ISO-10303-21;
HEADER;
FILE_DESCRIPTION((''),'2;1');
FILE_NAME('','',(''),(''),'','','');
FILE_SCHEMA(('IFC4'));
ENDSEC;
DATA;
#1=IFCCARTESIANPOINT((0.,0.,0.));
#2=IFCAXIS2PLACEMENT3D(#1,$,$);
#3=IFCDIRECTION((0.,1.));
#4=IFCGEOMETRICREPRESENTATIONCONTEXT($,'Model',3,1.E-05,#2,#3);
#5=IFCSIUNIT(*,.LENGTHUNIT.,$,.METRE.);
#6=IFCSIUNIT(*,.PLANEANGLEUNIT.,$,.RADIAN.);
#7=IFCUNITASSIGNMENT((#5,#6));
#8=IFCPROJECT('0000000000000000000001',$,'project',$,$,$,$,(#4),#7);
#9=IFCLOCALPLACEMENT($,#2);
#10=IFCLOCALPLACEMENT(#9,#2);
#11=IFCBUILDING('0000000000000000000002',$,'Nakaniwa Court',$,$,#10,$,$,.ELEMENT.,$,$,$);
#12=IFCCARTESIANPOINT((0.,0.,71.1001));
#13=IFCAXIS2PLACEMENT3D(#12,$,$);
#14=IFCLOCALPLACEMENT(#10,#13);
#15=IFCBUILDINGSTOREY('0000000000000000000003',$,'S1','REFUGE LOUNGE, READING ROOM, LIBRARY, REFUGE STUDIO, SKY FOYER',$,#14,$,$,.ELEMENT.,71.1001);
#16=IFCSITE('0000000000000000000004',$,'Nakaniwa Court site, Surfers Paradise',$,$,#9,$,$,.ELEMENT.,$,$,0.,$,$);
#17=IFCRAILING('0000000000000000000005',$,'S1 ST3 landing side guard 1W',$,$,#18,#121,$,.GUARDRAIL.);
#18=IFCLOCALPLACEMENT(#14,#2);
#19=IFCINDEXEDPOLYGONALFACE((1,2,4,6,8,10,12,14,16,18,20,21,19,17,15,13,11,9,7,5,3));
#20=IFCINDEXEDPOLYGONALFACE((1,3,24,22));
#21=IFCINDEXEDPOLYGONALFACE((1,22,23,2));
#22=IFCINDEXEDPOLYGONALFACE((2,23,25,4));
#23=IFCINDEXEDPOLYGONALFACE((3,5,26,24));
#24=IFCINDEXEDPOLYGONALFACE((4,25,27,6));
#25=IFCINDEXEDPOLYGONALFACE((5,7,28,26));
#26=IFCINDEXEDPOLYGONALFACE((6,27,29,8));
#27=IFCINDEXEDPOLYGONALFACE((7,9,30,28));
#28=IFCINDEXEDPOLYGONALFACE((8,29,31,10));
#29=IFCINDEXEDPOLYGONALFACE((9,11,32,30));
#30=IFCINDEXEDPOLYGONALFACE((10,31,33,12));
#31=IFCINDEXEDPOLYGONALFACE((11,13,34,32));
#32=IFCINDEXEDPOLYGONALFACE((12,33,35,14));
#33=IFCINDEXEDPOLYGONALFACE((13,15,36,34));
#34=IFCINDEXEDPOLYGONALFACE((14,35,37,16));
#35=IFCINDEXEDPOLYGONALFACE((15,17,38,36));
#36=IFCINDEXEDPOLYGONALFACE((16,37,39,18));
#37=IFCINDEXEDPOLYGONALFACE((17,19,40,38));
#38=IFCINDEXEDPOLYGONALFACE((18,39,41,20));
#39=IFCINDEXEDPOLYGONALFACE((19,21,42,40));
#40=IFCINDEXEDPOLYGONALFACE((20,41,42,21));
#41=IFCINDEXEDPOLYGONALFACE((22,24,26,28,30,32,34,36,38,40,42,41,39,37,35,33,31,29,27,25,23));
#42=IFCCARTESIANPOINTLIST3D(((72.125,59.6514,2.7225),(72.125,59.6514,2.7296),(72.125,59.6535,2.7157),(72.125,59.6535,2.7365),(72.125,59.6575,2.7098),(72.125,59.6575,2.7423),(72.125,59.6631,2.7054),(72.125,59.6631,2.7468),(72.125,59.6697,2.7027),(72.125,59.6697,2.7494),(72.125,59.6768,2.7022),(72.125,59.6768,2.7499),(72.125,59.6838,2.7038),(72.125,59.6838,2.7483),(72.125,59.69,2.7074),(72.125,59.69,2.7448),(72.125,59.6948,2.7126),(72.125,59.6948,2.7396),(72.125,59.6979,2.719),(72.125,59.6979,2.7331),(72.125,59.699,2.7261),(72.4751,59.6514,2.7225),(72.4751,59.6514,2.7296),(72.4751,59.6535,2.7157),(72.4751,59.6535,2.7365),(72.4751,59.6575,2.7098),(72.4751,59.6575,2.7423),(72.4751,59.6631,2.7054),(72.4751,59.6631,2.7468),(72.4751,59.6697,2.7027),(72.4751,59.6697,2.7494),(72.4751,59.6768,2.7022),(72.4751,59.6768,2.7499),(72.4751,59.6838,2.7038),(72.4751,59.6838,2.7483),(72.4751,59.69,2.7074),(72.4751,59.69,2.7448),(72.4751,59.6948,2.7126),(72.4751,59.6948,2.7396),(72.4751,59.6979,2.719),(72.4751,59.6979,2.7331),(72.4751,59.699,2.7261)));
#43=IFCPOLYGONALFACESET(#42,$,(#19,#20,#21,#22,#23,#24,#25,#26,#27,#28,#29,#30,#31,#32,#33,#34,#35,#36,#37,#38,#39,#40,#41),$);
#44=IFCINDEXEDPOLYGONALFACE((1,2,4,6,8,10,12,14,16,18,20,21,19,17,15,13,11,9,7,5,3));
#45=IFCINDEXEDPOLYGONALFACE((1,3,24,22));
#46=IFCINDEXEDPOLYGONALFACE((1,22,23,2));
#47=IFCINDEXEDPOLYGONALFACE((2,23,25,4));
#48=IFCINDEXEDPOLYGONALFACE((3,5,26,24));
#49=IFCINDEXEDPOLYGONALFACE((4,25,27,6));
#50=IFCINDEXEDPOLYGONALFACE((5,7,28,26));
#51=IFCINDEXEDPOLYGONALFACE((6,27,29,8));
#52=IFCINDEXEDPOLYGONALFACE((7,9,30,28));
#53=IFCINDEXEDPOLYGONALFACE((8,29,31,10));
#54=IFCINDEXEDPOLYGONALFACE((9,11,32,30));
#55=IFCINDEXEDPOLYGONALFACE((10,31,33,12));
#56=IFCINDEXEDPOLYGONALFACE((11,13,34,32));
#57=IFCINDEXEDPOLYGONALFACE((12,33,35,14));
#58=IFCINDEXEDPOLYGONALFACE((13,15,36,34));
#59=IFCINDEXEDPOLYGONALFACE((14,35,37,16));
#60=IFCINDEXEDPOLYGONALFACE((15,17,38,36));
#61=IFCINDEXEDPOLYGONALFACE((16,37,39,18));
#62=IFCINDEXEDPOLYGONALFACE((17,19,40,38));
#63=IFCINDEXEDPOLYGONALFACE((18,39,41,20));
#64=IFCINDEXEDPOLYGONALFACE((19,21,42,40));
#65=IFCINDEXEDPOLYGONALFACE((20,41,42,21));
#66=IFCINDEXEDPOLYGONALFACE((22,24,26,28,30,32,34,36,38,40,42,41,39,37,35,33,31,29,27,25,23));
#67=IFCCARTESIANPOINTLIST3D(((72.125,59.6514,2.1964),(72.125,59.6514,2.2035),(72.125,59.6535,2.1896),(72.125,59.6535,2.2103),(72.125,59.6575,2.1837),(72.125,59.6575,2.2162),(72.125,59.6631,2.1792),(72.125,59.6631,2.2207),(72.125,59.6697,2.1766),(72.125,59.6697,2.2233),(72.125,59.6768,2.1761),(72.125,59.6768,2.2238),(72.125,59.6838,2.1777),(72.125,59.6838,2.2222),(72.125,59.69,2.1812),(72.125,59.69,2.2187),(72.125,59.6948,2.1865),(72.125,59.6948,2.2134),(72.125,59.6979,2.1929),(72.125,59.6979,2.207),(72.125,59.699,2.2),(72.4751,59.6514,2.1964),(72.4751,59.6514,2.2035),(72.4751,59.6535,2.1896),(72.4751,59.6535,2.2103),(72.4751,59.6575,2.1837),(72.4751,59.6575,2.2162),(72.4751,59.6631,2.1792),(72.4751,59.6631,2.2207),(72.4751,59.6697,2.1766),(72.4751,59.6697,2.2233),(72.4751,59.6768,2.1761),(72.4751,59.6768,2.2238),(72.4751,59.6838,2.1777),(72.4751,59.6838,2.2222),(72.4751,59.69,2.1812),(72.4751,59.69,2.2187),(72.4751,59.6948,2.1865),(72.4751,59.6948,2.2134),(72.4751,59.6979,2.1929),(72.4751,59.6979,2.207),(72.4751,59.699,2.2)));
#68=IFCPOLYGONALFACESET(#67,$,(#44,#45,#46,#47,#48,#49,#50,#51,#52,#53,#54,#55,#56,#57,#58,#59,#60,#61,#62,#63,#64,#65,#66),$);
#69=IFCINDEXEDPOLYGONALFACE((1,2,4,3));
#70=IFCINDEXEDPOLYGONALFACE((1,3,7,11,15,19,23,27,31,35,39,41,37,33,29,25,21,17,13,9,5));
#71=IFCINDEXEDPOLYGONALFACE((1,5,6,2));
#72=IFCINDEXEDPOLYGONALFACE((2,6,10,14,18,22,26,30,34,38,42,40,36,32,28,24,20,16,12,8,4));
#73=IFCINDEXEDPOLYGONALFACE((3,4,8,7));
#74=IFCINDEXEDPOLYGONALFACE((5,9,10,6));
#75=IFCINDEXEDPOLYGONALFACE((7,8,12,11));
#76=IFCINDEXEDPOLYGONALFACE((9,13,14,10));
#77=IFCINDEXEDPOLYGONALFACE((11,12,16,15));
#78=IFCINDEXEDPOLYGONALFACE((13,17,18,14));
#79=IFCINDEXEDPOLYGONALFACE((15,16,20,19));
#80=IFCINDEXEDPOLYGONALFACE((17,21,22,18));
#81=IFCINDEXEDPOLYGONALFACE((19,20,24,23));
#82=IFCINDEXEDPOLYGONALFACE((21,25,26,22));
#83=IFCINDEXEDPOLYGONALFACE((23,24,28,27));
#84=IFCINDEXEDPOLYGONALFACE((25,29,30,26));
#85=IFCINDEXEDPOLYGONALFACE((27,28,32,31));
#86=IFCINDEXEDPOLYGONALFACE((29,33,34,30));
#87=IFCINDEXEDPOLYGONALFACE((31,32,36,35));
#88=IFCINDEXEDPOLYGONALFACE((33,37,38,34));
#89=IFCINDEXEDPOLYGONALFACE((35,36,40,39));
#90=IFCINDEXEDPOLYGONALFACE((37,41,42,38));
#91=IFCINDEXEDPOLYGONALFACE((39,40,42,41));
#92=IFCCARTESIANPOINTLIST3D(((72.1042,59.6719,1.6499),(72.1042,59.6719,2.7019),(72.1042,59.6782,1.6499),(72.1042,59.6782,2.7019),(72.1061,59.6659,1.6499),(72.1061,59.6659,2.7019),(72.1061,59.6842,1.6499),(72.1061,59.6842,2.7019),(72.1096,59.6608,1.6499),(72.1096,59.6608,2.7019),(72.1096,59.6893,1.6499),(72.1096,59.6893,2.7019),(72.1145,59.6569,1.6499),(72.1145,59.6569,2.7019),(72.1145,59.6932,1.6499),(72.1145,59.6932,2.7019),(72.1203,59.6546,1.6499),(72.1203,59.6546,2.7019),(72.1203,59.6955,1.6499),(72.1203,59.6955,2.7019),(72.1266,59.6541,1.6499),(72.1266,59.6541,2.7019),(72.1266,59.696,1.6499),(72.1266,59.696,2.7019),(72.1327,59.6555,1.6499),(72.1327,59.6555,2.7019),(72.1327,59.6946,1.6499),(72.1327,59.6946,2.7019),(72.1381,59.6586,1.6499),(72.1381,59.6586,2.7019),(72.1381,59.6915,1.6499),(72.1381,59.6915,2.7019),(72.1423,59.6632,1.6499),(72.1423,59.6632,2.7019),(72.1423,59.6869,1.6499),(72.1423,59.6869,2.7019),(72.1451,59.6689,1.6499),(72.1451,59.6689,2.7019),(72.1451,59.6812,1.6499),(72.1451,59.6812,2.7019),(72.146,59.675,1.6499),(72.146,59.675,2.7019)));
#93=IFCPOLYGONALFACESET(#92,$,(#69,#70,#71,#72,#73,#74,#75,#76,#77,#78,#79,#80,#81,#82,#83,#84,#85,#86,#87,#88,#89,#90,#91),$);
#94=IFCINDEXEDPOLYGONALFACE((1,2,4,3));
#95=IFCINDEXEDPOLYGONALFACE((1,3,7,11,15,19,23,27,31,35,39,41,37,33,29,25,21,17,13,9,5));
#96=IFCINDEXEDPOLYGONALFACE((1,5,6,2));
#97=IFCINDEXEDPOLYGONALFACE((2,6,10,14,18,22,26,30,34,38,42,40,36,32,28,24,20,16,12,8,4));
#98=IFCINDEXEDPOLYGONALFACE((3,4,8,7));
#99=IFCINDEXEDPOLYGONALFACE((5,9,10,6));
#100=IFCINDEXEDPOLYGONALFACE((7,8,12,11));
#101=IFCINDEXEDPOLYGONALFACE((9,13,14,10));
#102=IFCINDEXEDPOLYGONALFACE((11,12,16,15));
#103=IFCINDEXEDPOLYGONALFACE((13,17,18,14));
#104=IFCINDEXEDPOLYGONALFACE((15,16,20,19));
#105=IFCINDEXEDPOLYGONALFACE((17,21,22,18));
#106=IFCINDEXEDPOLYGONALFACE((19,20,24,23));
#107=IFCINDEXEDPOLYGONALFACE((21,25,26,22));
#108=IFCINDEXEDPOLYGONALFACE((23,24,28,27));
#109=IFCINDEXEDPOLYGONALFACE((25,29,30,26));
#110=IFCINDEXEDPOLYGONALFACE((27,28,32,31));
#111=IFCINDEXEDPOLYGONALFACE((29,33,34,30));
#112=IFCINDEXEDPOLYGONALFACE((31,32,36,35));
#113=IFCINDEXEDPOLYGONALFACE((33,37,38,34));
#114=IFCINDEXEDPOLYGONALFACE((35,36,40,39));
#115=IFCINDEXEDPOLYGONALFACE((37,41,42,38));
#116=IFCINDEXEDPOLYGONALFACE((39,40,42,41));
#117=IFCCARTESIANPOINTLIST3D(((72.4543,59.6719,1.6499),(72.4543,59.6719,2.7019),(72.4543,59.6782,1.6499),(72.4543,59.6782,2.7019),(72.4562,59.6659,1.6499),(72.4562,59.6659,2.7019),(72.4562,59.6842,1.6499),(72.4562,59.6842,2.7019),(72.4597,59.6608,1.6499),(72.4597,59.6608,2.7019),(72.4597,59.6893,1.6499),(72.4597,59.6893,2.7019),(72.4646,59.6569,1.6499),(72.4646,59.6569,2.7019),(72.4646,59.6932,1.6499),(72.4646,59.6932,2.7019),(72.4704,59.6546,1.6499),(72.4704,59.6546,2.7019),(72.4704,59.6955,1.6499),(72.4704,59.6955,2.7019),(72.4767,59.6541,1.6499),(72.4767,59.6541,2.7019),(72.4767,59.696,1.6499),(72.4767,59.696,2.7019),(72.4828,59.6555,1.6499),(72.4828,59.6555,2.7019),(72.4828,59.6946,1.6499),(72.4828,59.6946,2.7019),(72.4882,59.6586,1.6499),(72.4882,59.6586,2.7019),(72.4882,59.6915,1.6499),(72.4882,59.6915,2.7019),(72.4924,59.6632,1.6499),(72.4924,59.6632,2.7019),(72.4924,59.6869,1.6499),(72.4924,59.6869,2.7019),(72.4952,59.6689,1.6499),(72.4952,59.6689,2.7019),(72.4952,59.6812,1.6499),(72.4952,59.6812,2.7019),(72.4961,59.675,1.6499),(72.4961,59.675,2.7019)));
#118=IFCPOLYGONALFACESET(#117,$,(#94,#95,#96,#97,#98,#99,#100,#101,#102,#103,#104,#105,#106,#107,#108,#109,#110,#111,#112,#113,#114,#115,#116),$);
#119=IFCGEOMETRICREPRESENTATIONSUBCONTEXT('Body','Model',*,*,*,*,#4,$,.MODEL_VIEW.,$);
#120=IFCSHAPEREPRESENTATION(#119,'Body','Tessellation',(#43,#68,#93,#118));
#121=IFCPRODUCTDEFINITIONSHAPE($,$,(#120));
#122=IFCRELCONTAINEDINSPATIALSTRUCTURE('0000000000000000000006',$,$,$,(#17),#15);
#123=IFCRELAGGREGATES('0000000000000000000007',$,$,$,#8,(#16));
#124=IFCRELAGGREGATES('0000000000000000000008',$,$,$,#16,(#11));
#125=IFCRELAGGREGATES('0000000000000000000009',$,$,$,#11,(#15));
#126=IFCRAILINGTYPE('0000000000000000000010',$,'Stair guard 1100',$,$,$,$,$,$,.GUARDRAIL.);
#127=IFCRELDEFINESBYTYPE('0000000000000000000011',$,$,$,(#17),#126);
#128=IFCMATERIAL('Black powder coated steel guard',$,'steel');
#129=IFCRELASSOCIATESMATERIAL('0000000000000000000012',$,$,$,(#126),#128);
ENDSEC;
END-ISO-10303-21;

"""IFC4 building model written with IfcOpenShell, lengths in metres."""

from ifc_helpers import new_model, si_unit, direction, frame, origin, origin_2d, place, context, subcontext, project, spatial, circle, extrude, material, type_object, element, save


model = new_model("IFC4")

# Units and contexts
model_context = context("Model", 3, precision=1e-05, world=origin(), true_north=direction((0.0, 1.0)))
body_context = subcontext(model_context, "Body", "Model", "MODEL_VIEW")
ifc_project = project(units=[si_unit("LENGTHUNIT", "METRE"), si_unit("PLANEANGLEUNIT", "RADIAN")], contexts=[model_context])

# Site, building, storey
site_placement = place(None, origin())
site = spatial("IfcSite", under=ifc_project, at=site_placement, Name="Nakaniwa Court site, Surfers Paradise", CompositionType="ELEMENT", RefElevation=0.0)
building_placement = place(site_placement, origin())
building = spatial("IfcBuilding", under=site, at=building_placement, Name="Nakaniwa Court", CompositionType="ELEMENT")
storey_placement = place(building_placement, frame((0.0, 0.0, 71.1001)))
storey = spatial("IfcBuildingStorey", under=building, at=storey_placement, Name="S1", Description="REFUGE LOUNGE, READING ROOM, LIBRARY, REFUGE STUDIO, SKY FOYER", CompositionType="ELEMENT", Elevation=71.1001)

# Railing
ifc_material_1 = material(Name="Black powder coated steel guard", Category="steel")
railing_type_1 = type_object("IfcRailingType", Name="Stair guard 1100", PredefinedType="GUARDRAIL", material=ifc_material_1)
railing_1_placement = place(storey_placement, frame((72.125, 59.675, 1.6499)))
element("IfcRailing", 1, at=railing_1_placement, inside=storey, type_object=railing_type_1, Name="S1 ST3 landing side guard 1W", PredefinedType="GUARDRAIL", context=body_context, shape_type="SweptSolid", body=[
    extrude(circle(Radius=0.0239, at=origin_2d()), frame((0.0, 0.0, 1.0762), z_axis=(1.0, 0.0, 0.0), x_axis=(0.0, 1.0, 0.0)), (0.0, 0.0, 1.0), 0.3501),
    extrude(circle(Radius=0.0239, at=origin_2d()), frame((0.0, 0.0, 0.55), z_axis=(1.0, 0.0, 0.0), x_axis=(0.0, 1.0, 0.0)), (0.0, 0.0, 1.0), 0.3501),
    extrude(circle(Radius=0.021, at=origin_2d()), origin(), (0.0, 0.0, 1.0), 1.052),
    extrude(circle(Radius=0.021, at=origin_2d()), frame((0.3501, 0.0, 0.0)), (0.0, 0.0, 1.0), 1.052),
])

save(model, "model.ifc")
